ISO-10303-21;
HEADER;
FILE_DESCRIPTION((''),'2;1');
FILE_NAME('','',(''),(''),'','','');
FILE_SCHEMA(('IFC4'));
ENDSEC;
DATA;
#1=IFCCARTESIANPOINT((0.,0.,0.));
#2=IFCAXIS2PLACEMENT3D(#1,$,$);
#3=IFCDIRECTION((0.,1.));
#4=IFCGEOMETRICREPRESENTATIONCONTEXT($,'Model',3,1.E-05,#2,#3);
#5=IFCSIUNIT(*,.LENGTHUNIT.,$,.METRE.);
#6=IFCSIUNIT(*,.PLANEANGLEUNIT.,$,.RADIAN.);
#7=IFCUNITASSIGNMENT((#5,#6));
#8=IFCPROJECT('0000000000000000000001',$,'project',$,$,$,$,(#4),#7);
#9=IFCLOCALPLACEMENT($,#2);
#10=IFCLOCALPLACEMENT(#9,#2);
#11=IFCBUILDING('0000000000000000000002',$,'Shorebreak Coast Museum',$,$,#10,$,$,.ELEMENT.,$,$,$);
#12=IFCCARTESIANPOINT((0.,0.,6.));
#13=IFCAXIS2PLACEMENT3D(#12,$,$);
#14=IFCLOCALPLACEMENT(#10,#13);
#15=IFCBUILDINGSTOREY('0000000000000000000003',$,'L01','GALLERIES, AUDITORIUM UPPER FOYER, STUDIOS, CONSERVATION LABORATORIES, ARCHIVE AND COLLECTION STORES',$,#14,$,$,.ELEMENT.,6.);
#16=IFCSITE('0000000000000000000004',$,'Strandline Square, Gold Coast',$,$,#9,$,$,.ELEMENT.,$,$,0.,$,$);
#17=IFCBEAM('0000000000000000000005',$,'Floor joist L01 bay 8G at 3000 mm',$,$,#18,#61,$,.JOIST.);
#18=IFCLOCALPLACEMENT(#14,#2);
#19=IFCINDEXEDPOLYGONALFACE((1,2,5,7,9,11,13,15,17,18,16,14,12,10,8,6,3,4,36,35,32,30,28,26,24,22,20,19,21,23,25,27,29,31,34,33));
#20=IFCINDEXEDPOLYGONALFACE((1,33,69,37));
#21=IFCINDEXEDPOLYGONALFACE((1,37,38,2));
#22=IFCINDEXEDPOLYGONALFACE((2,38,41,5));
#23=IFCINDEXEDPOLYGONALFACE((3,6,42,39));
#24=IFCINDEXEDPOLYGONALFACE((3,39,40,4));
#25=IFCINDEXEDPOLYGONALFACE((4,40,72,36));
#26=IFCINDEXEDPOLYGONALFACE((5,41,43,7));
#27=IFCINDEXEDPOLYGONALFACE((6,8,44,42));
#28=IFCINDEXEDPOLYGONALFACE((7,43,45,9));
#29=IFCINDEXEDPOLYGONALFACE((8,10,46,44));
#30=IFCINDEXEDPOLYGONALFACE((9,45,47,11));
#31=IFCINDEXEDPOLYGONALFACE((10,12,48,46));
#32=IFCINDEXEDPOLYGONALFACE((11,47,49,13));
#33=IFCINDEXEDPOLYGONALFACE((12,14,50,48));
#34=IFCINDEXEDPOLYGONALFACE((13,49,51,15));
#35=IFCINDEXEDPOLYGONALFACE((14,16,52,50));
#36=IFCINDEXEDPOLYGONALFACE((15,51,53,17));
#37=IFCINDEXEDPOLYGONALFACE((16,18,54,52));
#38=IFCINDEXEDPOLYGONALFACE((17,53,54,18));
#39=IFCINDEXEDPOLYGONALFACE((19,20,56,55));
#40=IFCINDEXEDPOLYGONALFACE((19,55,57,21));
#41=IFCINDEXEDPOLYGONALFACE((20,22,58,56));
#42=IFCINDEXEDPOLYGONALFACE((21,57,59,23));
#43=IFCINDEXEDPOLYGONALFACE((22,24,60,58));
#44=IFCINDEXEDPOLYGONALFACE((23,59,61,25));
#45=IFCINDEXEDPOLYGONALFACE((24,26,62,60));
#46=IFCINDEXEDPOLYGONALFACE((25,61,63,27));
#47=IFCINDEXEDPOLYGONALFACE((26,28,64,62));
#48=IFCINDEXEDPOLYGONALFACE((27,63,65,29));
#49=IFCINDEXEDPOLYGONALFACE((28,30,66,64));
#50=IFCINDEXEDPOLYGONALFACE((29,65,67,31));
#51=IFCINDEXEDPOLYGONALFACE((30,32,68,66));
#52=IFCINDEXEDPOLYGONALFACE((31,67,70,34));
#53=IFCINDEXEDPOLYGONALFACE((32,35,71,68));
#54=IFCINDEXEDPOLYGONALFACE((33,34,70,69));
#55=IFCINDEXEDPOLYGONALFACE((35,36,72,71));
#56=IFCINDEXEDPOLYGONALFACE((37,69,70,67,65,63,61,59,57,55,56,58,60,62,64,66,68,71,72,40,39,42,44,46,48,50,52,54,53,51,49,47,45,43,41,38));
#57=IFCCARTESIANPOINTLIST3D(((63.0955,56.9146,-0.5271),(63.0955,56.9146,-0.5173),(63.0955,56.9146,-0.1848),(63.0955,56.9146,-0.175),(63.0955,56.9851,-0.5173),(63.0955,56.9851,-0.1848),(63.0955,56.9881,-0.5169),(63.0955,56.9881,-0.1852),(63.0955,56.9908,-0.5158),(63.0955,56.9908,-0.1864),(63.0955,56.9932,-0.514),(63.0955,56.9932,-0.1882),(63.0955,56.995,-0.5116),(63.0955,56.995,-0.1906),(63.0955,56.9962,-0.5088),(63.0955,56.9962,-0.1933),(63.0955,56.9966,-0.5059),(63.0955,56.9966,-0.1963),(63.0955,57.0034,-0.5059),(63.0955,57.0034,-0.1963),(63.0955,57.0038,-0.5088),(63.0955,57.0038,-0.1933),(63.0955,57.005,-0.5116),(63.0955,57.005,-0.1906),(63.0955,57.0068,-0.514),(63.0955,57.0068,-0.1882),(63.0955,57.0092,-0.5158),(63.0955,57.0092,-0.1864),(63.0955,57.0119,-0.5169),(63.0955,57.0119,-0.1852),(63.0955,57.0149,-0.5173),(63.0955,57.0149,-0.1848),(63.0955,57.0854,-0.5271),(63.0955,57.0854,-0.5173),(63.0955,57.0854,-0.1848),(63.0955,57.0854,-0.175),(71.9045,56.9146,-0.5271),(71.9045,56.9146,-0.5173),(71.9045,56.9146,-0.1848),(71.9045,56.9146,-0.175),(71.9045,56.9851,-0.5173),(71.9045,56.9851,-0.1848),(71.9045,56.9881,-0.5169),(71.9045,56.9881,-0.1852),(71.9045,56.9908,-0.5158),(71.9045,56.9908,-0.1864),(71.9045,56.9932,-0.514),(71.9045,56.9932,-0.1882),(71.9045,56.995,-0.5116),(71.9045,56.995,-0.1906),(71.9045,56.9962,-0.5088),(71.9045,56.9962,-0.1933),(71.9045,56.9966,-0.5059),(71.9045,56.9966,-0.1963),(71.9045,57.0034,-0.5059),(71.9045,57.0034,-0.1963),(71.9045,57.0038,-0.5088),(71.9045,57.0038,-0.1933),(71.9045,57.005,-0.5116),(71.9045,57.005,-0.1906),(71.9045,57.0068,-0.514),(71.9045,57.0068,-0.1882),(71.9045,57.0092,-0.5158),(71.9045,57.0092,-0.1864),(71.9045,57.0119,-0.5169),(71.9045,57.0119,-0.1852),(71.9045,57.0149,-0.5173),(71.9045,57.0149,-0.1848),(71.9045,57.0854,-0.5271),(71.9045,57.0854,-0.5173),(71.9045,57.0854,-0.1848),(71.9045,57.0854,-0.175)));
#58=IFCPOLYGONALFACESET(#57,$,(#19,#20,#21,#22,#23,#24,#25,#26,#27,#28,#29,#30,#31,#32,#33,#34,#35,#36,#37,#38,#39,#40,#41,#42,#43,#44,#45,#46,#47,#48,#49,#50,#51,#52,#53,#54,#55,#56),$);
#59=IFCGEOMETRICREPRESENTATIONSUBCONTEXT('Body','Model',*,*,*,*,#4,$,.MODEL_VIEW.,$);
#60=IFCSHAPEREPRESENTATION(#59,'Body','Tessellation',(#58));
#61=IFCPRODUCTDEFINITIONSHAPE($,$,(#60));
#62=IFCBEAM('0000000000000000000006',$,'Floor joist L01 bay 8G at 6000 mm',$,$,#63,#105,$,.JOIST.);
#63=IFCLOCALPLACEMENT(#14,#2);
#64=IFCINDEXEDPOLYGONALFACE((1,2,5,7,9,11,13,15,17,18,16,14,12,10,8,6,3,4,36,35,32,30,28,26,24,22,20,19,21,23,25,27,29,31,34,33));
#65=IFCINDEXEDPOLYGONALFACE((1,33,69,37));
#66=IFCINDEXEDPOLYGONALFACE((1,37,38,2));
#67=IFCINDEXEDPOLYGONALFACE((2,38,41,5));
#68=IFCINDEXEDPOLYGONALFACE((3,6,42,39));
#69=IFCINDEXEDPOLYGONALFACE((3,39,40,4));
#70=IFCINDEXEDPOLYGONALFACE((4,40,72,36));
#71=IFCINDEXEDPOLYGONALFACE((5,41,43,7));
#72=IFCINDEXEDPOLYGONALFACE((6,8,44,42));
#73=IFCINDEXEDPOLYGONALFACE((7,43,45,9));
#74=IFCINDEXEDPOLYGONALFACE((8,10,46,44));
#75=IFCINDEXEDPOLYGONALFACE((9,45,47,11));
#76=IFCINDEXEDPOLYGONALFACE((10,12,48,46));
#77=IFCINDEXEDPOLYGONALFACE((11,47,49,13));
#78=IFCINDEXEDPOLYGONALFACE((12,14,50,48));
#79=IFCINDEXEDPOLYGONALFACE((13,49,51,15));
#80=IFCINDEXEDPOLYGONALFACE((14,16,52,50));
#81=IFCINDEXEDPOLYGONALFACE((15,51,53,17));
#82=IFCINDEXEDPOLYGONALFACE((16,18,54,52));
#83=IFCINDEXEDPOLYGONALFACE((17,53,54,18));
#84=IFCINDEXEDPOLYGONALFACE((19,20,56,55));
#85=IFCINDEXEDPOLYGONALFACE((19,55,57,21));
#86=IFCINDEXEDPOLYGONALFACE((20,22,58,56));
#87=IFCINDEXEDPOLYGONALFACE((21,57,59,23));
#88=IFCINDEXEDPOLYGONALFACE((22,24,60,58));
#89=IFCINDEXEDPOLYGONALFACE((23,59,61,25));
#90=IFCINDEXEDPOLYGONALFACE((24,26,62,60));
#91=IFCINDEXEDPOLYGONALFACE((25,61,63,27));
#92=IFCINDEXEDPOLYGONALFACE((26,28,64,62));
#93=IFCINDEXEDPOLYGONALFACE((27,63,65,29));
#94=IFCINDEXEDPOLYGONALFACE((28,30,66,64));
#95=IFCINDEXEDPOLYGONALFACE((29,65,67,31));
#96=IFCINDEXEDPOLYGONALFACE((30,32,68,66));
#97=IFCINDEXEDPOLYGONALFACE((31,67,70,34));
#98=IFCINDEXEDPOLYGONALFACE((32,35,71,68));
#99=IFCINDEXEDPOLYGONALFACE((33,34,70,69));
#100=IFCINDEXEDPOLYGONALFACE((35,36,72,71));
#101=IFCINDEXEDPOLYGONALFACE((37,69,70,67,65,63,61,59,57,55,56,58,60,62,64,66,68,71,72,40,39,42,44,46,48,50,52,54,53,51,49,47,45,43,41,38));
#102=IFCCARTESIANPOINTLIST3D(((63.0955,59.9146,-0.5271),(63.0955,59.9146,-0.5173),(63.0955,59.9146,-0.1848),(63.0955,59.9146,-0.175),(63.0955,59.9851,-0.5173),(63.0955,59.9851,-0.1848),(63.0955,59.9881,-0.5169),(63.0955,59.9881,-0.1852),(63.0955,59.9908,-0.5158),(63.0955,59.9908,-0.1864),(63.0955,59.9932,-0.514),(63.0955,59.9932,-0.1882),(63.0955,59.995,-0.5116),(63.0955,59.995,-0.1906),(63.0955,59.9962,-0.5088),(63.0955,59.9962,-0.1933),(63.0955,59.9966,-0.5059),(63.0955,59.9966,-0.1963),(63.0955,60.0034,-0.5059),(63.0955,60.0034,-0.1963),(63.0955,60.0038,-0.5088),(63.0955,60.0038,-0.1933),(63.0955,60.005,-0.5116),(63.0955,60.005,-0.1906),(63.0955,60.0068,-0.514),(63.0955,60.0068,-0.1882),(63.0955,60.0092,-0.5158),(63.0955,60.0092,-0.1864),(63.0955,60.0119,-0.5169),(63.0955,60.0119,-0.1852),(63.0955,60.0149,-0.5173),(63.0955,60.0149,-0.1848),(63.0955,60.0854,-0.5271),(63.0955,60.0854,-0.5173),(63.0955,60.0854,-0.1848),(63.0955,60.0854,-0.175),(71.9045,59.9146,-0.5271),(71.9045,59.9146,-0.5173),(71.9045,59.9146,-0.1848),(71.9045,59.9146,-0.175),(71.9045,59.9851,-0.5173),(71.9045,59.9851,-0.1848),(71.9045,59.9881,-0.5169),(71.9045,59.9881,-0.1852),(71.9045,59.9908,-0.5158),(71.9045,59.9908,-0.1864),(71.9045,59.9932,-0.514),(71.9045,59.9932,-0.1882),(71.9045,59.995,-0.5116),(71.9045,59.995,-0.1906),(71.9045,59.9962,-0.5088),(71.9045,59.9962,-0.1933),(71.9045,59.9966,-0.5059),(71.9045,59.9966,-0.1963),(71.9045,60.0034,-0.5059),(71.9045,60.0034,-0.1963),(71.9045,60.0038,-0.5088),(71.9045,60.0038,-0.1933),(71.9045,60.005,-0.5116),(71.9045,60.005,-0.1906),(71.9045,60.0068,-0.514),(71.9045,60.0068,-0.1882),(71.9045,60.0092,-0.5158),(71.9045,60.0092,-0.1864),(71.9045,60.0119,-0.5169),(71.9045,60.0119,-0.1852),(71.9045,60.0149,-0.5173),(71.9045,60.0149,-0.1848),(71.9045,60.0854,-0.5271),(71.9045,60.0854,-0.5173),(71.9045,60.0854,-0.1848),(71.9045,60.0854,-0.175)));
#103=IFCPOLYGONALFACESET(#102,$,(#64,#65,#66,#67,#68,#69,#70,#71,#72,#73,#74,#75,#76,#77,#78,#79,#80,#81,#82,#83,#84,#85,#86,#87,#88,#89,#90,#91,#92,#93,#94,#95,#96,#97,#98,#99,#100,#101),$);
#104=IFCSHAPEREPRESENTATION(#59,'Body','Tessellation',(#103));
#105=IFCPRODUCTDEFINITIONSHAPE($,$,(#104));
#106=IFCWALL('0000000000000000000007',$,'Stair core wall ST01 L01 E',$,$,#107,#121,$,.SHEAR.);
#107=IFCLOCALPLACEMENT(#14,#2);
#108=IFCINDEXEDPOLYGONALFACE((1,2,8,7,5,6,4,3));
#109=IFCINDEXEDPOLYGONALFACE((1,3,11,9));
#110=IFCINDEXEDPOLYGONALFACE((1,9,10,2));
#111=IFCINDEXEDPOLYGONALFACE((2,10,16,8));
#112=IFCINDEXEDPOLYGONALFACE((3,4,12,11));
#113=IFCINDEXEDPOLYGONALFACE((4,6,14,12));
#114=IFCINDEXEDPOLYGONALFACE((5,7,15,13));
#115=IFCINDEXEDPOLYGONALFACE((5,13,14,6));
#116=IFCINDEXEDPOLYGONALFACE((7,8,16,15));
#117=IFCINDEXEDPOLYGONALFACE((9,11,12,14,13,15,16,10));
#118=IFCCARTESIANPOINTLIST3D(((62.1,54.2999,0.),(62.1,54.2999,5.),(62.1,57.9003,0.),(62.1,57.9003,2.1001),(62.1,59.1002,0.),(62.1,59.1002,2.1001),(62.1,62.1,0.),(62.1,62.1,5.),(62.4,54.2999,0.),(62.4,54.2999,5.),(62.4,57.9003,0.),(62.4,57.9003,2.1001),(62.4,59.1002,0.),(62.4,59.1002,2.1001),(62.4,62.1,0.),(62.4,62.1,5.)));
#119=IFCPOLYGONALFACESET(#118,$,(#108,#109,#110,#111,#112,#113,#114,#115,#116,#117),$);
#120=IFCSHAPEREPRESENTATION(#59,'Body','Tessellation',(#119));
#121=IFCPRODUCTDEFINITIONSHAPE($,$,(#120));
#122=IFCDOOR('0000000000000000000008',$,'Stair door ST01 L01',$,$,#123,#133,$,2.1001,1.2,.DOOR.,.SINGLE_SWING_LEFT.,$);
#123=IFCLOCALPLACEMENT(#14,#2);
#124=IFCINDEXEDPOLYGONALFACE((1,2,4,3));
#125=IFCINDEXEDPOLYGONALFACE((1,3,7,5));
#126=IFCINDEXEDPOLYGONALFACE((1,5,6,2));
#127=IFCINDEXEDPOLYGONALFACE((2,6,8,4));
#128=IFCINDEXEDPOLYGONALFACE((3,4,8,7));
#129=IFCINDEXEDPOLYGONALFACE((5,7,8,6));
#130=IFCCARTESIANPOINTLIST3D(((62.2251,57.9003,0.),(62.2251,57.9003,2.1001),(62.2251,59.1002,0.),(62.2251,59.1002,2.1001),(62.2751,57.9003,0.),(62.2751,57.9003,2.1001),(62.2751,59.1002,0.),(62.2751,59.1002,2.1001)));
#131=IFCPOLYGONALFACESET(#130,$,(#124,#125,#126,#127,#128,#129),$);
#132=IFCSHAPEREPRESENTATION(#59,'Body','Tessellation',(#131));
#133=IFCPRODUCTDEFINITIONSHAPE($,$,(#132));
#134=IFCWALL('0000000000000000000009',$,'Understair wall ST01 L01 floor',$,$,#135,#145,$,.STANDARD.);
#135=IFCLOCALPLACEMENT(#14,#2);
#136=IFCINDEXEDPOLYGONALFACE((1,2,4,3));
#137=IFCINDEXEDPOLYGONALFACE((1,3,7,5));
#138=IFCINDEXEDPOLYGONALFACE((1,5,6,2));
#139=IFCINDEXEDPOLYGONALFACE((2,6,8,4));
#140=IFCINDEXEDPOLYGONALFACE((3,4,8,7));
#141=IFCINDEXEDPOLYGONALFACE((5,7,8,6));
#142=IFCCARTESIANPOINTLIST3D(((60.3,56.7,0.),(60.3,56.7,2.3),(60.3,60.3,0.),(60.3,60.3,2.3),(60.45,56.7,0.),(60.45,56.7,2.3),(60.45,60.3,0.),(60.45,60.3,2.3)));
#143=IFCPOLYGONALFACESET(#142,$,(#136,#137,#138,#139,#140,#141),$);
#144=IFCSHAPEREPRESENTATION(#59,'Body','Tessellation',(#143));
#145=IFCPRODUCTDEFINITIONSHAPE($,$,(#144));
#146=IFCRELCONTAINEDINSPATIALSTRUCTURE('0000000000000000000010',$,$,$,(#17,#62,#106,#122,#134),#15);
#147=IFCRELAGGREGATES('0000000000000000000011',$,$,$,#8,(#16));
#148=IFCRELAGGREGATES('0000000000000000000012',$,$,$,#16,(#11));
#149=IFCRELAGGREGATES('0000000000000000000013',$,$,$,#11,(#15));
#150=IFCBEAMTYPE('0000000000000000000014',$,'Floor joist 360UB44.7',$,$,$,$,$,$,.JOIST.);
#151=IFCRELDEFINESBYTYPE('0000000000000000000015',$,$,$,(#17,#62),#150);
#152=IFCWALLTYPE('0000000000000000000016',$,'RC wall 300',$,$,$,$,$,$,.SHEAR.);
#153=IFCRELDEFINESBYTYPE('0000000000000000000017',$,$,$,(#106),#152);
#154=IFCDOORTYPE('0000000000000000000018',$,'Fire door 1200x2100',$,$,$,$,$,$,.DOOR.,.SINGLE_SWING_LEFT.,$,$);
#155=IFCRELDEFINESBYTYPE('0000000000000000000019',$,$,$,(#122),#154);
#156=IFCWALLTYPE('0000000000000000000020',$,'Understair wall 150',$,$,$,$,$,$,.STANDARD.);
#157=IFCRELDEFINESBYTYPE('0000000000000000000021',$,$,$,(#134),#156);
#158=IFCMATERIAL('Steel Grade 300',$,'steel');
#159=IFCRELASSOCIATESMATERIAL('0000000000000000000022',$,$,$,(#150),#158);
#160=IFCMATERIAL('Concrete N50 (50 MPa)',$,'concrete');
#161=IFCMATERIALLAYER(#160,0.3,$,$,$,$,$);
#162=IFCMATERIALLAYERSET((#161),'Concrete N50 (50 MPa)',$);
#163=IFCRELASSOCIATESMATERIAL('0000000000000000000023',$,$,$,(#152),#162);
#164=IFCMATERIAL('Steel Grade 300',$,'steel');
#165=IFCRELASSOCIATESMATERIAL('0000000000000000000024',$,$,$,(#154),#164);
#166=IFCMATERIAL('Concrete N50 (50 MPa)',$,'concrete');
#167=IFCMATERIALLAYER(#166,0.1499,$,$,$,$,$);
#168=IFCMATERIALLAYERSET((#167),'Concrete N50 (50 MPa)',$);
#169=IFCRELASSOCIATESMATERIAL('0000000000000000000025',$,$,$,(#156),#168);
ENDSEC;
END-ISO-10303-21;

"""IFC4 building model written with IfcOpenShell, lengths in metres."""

from ifc_helpers import new_model, si_unit, direction, frame, frame_2d, origin, origin_2d, place, context, subcontext, project, spatial, rectangle, i_section, extrude, material, layer, layer_set, material_profile, profile_set, type_object, element, fill, save


model = new_model("IFC4")

# Units and contexts
model_context = context("Model", 3, precision=1e-05, world=origin(), true_north=direction((0.0, 1.0)))
body_context = subcontext(model_context, "Body", "Model", "MODEL_VIEW")
ifc_project = project(units=[si_unit("LENGTHUNIT", "METRE"), si_unit("PLANEANGLEUNIT", "RADIAN")], contexts=[model_context])

# Site, building, storey
site_placement = place(None, origin())
site = spatial("IfcSite", under=ifc_project, at=site_placement, Name="Strandline Square, Gold Coast", CompositionType="ELEMENT", RefElevation=0.0)
building_placement = place(site_placement, origin())
building = spatial("IfcBuilding", under=site, at=building_placement, Name="Shorebreak Coast Museum", CompositionType="ELEMENT")
storey_placement = place(building_placement, frame((0.0, 0.0, 6.0)))
storey = spatial("IfcBuildingStorey", under=building, at=storey_placement, Name="L01", Description="GALLERIES, AUDITORIUM UPPER FOYER, STUDIOS, CONSERVATION LABORATORIES, ARCHIVE AND COLLECTION STORES", CompositionType="ELEMENT", Elevation=6.0)

# Beams
ifc_material_1 = material(Name="Steel Grade 300", Category="steel")
ifc_material_profile_1 = material_profile(ifc_material_1, i_section(OverallWidth=0.1709, OverallDepth=0.3521, WebThickness=0.0068, FlangeThickness=0.0098, FilletRadius=0.0115, at=origin_2d()), Name="360UB44.7")
ifc_profile_set_1 = profile_set([ifc_material_profile_1], Name="Steel Grade 300")
beam_type_1 = type_object("IfcBeamType", Name="Floor joist 360UB44.7", PredefinedType="JOIST", material=ifc_profile_set_1)
for number, where, z_axis, x_axis, name in (
    (1, (63.0955, 57.0, -0.3511), (1.0, 0.0, 0.0), (0.0, 1.0, 0.0), "Floor joist L01 bay 8G at 3000 mm"),
    (2, (63.0955, 60.0, -0.3511), (1.0, 0.0, 0.0), (0.0, 1.0, 0.0), "Floor joist L01 bay 8G at 6000 mm"),
):
    element("IfcBeam", number, at=place(storey_placement, frame(where, z_axis=z_axis, x_axis=x_axis)), inside=storey, type_object=beam_type_1, Name=name, PredefinedType="JOIST", context=body_context, shape_type="SweptSolid", body=[
        extrude(i_section(OverallWidth=0.1709, OverallDepth=0.3521, WebThickness=0.0068, FlangeThickness=0.0098, FilletRadius=0.0115, at=origin_2d()), origin(), (0.0, 0.0, 1.0), 8.8091),
    ])

# Wall, opening, door
ifc_material_2 = material(Name="Concrete N50 (50 MPa)", Category="concrete")
ifc_layer_1 = layer(ifc_material_2, 0.3)
ifc_layer_set_1 = layer_set([ifc_layer_1], Name="Concrete N50 (50 MPa)")
wall_type_1 = type_object("IfcWallType", Name="RC wall 300", PredefinedType="SHEAR", material=ifc_layer_set_1)
wall_1_placement = place(storey_placement, frame((62.25, 54.3, 0.0), z_axis=(0.0, 0.0, 1.0), x_axis=(0.0, 1.0, 0.0)))
wall_1 = element("IfcWall", 3, at=wall_1_placement, inside=storey, type_object=wall_type_1, Name="Stair core wall ST01 L01 E", PredefinedType="SHEAR", context=body_context, shape_type="SweptSolid", body=[
    extrude(rectangle(XDim=7.8, YDim=0.3, at=frame_2d((3.8999, 0.0))), origin(), (0.0, 0.0, 1.0), 5.0),
])
opening_placement = place(wall_1_placement, frame((3.6001, 0.0, 0.0)))
opening = element("IfcOpeningElement", 4, at=opening_placement, cuts=wall_1, PredefinedType="OPENING", context=body_context, shape_type="SweptSolid", body=[
    extrude(rectangle(XDim=1.2, YDim=2.1001, at=frame_2d((0.6001, 1.05))), frame((0.0, 0.1599, 0.0), z_axis=(0.0, -1.0, 0.0), x_axis=(1.0, 0.0, 0.0)), (0.0, 0.0, 1.0), 0.3201),
])
ifc_material_3 = material(Name="Steel Grade 300", Category="steel")
door_type = type_object("IfcDoorType", Name="Fire door 1200x2100", OperationType="SINGLE_SWING_LEFT", PredefinedType="DOOR", material=ifc_material_3)
door_placement = place(opening_placement, origin())
door = element("IfcDoor", 5, at=door_placement, inside=storey, type_object=door_type, Name="Stair door ST01 L01", OperationType="SINGLE_SWING_LEFT", OverallHeight=2.1001, OverallWidth=1.2, PredefinedType="DOOR", context=body_context, shape_type="SweptSolid", body=[
    extrude(rectangle(XDim=1.2, YDim=2.1001, at=frame_2d((0.6001, 1.05))), frame((0.0, 0.0249, 0.0), z_axis=(0.0, -1.0, 0.0), x_axis=(1.0, 0.0, 0.0)), (0.0, 0.0, 1.0), 0.05),
])
fill(opening, door)

# Wall
ifc_material_4 = material(Name="Concrete N50 (50 MPa)", Category="concrete")
ifc_layer_2 = layer(ifc_material_4, 0.1499)
ifc_layer_set_2 = layer_set([ifc_layer_2], Name="Concrete N50 (50 MPa)")
wall_type_2 = type_object("IfcWallType", Name="Understair wall 150", PredefinedType="STANDARD", material=ifc_layer_set_2)
wall_2_placement = place(storey_placement, frame((60.375, 56.7, 0.0), z_axis=(0.0, 0.0, 1.0), x_axis=(0.0, 1.0, 0.0)))
element("IfcWall", 6, at=wall_2_placement, inside=storey, type_object=wall_type_2, Name="Understair wall ST01 L01 floor", PredefinedType="STANDARD", context=body_context, shape_type="SweptSolid", body=[
    extrude(rectangle(XDim=3.6001, YDim=0.1499, at=frame_2d((1.8, 0.0))), origin(), (0.0, 0.0, 1.0), 2.3),
])

save(model, "model.ifc")
